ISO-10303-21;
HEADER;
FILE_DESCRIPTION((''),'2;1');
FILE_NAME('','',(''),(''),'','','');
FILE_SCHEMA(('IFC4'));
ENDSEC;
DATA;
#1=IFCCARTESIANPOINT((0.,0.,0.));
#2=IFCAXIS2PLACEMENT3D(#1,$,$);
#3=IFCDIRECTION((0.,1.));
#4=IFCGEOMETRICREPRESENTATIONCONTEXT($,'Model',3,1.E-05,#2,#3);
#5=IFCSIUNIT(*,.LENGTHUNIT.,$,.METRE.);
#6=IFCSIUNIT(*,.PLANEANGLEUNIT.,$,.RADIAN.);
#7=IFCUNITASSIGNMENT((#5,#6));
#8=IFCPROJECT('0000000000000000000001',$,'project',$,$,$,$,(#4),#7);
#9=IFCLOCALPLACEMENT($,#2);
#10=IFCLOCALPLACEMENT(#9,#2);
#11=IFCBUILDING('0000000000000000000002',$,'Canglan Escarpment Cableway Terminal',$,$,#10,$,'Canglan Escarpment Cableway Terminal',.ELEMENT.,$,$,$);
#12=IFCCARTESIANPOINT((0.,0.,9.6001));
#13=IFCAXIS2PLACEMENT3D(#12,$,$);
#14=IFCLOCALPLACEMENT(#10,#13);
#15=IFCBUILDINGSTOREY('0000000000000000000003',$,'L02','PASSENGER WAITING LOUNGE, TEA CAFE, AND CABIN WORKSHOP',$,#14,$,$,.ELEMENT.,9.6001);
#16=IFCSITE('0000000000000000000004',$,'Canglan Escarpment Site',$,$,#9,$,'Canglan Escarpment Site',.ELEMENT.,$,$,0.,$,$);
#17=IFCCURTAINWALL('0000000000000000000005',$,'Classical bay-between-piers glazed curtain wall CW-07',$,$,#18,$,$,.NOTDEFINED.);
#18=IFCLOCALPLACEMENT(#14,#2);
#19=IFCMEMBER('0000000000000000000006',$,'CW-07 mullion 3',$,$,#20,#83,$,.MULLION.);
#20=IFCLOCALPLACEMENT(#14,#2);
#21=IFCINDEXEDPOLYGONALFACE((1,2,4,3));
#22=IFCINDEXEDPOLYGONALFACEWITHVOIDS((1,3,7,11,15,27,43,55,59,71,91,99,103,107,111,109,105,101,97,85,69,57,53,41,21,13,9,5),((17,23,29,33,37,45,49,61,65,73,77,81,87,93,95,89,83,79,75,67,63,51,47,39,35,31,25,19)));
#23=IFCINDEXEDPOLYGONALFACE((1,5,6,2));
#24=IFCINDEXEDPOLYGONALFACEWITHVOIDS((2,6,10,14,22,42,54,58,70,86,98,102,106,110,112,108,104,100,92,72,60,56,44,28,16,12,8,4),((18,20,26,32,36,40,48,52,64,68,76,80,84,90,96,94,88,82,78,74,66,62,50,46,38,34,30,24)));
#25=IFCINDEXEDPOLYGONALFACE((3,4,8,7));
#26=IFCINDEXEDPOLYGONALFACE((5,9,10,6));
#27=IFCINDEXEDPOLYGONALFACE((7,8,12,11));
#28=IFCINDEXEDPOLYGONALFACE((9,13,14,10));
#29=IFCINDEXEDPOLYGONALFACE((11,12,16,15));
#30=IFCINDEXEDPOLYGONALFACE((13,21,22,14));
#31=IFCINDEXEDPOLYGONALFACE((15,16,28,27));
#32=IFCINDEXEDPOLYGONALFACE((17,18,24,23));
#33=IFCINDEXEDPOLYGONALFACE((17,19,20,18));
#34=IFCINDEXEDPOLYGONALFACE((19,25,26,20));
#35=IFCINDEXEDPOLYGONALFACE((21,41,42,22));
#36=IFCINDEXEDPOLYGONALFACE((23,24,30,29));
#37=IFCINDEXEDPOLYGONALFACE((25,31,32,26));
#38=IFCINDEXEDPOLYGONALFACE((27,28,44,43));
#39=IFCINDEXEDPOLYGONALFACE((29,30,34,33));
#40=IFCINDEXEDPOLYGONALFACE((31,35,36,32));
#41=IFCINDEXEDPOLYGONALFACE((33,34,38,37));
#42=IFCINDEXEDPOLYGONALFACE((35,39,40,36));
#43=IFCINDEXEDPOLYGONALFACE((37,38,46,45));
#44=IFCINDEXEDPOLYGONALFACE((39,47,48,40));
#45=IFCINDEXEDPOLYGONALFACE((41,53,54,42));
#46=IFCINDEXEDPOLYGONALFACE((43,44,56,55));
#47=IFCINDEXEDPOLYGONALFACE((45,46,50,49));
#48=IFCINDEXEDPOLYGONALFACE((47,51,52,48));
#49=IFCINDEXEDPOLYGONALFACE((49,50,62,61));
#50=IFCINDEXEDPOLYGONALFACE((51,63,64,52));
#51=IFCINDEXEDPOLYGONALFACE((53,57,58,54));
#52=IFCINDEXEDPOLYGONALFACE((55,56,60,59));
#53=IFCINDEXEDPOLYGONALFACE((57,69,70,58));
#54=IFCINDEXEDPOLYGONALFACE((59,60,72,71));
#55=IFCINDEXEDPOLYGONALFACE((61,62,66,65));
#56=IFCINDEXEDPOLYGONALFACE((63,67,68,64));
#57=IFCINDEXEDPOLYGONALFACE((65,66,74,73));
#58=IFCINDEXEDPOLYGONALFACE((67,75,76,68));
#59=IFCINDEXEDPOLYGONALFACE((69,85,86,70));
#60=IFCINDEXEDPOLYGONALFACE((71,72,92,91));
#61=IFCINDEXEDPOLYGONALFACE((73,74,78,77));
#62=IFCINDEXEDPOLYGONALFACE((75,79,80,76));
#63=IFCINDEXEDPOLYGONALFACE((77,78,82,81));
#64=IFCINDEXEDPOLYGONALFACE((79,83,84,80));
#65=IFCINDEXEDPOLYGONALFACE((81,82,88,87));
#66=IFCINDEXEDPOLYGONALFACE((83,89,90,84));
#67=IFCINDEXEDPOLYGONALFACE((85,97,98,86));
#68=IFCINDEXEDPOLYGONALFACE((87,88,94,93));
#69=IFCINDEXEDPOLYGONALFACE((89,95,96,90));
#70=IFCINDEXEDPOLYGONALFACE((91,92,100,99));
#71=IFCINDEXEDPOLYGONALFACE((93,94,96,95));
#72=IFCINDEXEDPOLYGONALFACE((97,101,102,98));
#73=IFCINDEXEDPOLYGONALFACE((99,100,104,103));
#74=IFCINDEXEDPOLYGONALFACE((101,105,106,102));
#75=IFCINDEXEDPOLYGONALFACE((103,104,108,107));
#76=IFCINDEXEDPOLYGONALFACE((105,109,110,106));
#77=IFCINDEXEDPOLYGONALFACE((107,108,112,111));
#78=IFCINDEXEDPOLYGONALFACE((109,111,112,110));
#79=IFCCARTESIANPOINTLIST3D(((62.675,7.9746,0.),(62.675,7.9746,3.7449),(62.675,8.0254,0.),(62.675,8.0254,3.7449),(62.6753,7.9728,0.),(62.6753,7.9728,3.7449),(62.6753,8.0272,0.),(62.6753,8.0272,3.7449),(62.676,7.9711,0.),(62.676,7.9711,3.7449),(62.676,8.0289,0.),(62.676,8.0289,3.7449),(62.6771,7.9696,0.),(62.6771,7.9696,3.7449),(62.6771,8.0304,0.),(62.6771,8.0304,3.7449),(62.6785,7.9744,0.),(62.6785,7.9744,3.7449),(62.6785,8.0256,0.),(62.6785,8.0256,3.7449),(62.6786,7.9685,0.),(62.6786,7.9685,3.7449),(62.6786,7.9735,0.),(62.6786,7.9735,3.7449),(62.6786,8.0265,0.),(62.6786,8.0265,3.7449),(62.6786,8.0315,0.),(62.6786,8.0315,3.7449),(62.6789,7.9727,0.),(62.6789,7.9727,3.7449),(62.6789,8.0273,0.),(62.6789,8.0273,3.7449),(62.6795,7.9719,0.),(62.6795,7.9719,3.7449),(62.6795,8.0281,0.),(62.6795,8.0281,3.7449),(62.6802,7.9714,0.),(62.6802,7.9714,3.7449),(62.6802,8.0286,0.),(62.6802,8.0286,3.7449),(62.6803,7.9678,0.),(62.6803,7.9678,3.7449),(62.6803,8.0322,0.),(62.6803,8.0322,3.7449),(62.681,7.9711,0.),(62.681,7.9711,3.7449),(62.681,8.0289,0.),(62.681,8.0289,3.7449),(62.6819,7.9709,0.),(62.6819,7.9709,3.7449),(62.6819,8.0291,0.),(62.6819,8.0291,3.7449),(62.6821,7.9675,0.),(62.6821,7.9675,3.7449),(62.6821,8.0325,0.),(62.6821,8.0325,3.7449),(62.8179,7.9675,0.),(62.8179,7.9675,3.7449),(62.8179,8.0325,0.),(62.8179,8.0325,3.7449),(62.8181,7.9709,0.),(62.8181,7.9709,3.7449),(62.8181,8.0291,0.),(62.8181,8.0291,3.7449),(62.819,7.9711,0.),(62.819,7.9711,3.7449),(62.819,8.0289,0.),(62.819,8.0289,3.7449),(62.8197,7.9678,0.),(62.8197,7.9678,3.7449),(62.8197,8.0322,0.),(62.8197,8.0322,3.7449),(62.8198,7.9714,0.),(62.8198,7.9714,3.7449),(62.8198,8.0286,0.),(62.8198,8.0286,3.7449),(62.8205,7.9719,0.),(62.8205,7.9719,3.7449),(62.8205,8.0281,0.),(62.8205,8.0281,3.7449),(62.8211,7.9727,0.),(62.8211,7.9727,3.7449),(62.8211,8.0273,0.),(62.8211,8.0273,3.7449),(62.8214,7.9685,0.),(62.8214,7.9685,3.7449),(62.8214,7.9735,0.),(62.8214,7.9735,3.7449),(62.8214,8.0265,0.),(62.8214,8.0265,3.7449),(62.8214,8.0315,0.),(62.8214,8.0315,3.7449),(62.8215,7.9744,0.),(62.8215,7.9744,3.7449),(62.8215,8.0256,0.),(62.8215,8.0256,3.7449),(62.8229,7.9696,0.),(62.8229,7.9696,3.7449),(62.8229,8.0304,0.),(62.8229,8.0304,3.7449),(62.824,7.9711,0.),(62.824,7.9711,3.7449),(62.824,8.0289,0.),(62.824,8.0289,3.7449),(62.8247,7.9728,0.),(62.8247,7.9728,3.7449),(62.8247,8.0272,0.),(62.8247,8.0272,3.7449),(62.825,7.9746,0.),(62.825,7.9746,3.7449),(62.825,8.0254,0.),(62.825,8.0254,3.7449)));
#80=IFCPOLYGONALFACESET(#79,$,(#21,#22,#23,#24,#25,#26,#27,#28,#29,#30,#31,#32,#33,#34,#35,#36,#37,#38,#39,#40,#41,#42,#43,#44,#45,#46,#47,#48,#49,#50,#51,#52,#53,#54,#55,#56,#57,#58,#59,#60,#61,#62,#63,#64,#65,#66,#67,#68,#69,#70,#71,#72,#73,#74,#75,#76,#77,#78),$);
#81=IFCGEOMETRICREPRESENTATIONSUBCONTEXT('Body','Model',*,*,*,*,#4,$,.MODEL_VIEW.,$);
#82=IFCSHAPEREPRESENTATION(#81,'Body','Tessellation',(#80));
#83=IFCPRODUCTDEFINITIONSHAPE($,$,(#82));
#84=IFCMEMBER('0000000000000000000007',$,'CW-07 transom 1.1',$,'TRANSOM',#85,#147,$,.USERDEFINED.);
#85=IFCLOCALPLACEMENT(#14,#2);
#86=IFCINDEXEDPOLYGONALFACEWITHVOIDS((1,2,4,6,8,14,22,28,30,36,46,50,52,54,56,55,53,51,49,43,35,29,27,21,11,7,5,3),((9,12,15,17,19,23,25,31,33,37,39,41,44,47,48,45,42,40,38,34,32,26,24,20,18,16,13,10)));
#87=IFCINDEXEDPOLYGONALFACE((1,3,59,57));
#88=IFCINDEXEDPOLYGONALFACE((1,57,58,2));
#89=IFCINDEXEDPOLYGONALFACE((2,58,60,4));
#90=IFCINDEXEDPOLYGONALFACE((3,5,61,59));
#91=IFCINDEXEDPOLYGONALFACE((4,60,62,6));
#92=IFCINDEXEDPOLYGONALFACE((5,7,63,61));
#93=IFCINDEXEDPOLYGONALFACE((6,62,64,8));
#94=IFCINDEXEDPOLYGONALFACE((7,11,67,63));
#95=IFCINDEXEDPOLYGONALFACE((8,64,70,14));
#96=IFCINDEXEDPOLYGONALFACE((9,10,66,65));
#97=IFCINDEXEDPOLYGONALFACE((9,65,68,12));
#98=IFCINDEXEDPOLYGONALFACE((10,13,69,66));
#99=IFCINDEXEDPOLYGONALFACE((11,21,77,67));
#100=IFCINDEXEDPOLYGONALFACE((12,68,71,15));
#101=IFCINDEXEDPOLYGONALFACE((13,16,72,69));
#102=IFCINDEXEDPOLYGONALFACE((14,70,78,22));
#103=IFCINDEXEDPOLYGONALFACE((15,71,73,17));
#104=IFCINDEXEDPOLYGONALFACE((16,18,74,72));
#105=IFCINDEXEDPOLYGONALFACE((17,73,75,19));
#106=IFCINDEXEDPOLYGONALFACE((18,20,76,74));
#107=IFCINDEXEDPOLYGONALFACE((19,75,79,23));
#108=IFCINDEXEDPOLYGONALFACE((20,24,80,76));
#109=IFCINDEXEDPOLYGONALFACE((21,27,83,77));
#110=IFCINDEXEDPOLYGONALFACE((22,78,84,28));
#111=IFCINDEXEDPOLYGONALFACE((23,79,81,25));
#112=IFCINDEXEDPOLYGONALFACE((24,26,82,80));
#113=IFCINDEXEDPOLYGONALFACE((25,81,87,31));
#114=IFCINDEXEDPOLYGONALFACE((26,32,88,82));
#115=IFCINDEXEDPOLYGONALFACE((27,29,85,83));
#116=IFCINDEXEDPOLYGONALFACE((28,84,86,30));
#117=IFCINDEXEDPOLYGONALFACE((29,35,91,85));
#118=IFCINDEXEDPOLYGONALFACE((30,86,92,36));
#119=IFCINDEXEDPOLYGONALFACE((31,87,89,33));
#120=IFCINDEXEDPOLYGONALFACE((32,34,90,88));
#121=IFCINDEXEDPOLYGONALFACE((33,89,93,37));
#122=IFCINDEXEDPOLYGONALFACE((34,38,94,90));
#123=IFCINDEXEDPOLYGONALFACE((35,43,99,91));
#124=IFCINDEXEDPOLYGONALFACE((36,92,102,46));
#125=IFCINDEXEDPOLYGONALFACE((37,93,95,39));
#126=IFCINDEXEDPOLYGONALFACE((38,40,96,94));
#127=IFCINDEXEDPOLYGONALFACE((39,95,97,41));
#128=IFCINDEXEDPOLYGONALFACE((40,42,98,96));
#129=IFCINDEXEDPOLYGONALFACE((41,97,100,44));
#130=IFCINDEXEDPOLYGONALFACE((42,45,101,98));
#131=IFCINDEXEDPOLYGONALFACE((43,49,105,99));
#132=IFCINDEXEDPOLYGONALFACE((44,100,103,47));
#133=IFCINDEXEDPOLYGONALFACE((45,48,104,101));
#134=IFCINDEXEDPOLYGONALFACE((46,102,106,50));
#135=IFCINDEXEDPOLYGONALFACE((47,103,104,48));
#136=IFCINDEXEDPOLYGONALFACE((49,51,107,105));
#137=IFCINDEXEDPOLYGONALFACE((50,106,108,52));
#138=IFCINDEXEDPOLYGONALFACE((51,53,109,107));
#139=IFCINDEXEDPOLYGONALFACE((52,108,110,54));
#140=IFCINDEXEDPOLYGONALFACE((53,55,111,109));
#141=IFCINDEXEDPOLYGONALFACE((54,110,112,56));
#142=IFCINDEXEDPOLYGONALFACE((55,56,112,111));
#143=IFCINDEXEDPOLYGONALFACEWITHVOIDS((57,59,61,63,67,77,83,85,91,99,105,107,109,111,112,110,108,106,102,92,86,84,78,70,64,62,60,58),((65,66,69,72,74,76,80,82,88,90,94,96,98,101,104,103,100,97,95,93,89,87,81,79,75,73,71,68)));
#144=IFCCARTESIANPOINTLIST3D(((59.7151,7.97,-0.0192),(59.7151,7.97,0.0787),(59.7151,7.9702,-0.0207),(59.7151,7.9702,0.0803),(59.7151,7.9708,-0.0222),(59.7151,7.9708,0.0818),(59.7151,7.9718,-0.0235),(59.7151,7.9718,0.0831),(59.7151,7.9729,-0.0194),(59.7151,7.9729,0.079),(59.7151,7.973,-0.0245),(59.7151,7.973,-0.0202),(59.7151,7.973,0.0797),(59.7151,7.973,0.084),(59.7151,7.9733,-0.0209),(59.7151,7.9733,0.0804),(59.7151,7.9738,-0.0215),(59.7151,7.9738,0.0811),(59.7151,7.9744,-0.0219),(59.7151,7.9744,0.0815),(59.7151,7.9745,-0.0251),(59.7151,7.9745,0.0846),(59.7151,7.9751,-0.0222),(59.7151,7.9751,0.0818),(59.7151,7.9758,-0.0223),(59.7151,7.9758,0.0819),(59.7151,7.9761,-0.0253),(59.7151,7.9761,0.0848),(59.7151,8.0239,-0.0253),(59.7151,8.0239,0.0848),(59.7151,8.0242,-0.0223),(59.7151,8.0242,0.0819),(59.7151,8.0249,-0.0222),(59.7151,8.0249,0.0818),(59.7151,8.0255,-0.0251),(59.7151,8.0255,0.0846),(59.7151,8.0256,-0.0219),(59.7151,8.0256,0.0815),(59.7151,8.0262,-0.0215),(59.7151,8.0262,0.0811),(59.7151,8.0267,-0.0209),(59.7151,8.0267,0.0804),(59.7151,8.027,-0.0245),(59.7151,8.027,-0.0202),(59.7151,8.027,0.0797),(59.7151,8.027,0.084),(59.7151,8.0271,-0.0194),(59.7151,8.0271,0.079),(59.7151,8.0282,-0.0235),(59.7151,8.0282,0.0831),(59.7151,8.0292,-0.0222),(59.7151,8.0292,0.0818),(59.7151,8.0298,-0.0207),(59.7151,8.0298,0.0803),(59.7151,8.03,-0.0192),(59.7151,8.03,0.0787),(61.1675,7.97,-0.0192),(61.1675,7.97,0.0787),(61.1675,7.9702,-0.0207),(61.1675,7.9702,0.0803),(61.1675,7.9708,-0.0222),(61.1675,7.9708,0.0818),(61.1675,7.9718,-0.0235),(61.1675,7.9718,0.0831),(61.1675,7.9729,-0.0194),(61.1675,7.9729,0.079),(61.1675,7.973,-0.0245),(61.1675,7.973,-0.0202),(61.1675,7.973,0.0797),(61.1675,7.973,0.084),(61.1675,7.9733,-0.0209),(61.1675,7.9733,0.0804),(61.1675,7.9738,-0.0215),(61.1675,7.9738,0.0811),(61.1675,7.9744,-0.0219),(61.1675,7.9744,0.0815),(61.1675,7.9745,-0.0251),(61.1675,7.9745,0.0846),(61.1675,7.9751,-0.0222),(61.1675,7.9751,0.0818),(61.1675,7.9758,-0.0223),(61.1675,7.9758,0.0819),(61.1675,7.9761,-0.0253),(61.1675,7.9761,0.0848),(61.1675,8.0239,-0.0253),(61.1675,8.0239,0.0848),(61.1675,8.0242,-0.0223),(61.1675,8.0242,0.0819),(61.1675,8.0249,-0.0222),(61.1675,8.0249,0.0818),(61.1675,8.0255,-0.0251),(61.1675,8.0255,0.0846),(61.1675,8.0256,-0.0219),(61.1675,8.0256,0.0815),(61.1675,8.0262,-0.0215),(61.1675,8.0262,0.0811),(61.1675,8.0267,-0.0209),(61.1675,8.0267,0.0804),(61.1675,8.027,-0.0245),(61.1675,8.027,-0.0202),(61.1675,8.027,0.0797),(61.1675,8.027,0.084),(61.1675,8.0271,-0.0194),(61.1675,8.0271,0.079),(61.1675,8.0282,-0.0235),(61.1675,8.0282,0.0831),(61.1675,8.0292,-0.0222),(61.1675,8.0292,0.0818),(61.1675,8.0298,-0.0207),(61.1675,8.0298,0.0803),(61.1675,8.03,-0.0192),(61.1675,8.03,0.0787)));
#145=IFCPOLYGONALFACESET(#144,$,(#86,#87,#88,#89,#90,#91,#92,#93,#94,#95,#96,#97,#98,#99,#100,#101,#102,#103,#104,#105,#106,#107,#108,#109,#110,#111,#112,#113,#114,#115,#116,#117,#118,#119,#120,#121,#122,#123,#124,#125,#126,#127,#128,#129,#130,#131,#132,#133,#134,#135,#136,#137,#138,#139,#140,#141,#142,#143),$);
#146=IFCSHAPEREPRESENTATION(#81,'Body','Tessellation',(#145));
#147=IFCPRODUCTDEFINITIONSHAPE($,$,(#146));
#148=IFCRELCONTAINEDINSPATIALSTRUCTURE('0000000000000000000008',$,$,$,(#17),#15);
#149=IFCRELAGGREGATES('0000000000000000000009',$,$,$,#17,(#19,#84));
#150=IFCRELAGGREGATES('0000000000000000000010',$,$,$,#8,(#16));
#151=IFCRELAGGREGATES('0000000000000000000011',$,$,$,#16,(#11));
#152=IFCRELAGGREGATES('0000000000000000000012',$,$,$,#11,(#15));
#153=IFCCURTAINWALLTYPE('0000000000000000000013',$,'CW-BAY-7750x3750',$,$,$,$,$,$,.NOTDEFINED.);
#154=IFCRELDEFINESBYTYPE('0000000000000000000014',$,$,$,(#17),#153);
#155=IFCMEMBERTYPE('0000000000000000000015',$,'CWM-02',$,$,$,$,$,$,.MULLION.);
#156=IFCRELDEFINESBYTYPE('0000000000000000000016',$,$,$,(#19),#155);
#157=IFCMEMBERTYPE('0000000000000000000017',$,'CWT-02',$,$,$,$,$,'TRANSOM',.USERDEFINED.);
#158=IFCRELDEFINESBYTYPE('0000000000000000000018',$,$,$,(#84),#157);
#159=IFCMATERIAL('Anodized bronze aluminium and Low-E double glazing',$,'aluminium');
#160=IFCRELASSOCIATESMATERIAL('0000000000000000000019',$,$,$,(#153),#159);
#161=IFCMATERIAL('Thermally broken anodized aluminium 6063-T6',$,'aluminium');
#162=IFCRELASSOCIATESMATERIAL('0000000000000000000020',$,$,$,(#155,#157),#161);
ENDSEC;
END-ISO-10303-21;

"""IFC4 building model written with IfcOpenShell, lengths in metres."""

from ifc_helpers import new_model, si_unit, direction, frame, origin, origin_2d, place, context, subcontext, project, spatial, hollow_rectangle, extrude, material, material_profile, profile_set, type_object, element, aggregate, save


model = new_model("IFC4")

# Units and contexts
model_context = context("Model", 3, precision=1e-05, world=origin(), true_north=direction((0.0, 1.0)))
body_context = subcontext(model_context, "Body", "Model", "MODEL_VIEW")
ifc_project = project(units=[si_unit("LENGTHUNIT", "METRE"), si_unit("PLANEANGLEUNIT", "RADIAN")], contexts=[model_context])

# Site, building, storey
site_placement = place(None, origin())
site = spatial("IfcSite", under=ifc_project, at=site_placement, Name="Canglan Escarpment Site", LongName="Canglan Escarpment Site", CompositionType="ELEMENT", RefElevation=0.0)
building_placement = place(site_placement, origin())
building = spatial("IfcBuilding", under=site, at=building_placement, Name="Canglan Escarpment Cableway Terminal", LongName="Canglan Escarpment Cableway Terminal", CompositionType="ELEMENT")
storey_placement = place(building_placement, frame((0.0, 0.0, 9.6001)))
storey = spatial("IfcBuildingStorey", under=building, at=storey_placement, Name="L02", Description="PASSENGER WAITING LOUNGE, TEA CAFE, AND CABIN WORKSHOP", CompositionType="ELEMENT", Elevation=9.6001)

# Curtain wall, members
ifc_material_1 = material(Name="Anodized bronze aluminium and Low-E double glazing", Category="aluminium")
curtain_wall_type = type_object("IfcCurtainWallType", Name="CW-BAY-7750x3750", PredefinedType="NOTDEFINED", material=ifc_material_1)
curtain_wall_placement = place(storey_placement, origin())
curtain_wall = element("IfcCurtainWall", 1, at=curtain_wall_placement, inside=storey, type_object=curtain_wall_type, Name="Classical bay-between-piers glazed curtain wall CW-07", PredefinedType="NOTDEFINED")
ifc_material_2 = material(Name="Thermally broken anodized aluminium 6063-T6", Category="aluminium")
ifc_material_profile_1 = material_profile(ifc_material_2, hollow_rectangle(XDim=0.0649, YDim=0.1499, WallThickness=0.0034, InnerFilletRadius=0.0034, OuterFilletRadius=0.0071, at=origin_2d()), Name="ALU-MULL 65x150x3.5")
ifc_profile_set_1 = profile_set([ifc_material_profile_1], Name="Thermally broken anodized aluminium 6063-T6")
member_type_1 = type_object("IfcMemberType", Name="CWM-02", PredefinedType="MULLION", material=ifc_profile_set_1)
member_1_placement = place(storey_placement, frame((62.75, 8.0, 0.0), z_axis=(0.0, 0.0, 1.0), x_axis=(0.0, 1.0, 0.0)))
member_1 = element("IfcMember", 2, at=member_1_placement, type_object=member_type_1, Name="CW-07 mullion 3", PredefinedType="MULLION", context=body_context, shape_type="SweptSolid", body=[
    extrude(hollow_rectangle(XDim=0.0649, YDim=0.1499, WallThickness=0.0034, InnerFilletRadius=0.0034, OuterFilletRadius=0.0071, at=origin_2d()), origin(), (0.0, 0.0, 1.0), 3.7449),
])
ifc_material_profile_2 = material_profile(ifc_material_2, hollow_rectangle(XDim=0.0601, YDim=0.1101, WallThickness=0.0029, InnerFilletRadius=0.0029, OuterFilletRadius=0.0061, at=origin_2d()), Name="ALU-TRAN 60x110x3")
ifc_profile_set_2 = profile_set([ifc_material_profile_2], Name="Thermally broken anodized aluminium 6063-T6")
member_type_2 = type_object("IfcMemberType", Name="CWT-02", ElementType="TRANSOM", PredefinedType="USERDEFINED", material=ifc_profile_set_2)
member_2_placement = place(storey_placement, frame((59.7151, 8.0, 0.0298), z_axis=(1.0, 0.0, 0.0), x_axis=(0.0, 1.0, 0.0)))
member_2 = element("IfcMember", 3, at=member_2_placement, type_object=member_type_2, Name="CW-07 transom 1.1", ObjectType="TRANSOM", PredefinedType="USERDEFINED", context=body_context, shape_type="SweptSolid", body=[
    extrude(hollow_rectangle(XDim=0.0601, YDim=0.1101, WallThickness=0.0029, InnerFilletRadius=0.0029, OuterFilletRadius=0.0061, at=origin_2d()), origin(), (0.0, 0.0, 1.0), 1.4524),
])

aggregate(curtain_wall, [member_1, member_2])

save(model, "model.ifc")
